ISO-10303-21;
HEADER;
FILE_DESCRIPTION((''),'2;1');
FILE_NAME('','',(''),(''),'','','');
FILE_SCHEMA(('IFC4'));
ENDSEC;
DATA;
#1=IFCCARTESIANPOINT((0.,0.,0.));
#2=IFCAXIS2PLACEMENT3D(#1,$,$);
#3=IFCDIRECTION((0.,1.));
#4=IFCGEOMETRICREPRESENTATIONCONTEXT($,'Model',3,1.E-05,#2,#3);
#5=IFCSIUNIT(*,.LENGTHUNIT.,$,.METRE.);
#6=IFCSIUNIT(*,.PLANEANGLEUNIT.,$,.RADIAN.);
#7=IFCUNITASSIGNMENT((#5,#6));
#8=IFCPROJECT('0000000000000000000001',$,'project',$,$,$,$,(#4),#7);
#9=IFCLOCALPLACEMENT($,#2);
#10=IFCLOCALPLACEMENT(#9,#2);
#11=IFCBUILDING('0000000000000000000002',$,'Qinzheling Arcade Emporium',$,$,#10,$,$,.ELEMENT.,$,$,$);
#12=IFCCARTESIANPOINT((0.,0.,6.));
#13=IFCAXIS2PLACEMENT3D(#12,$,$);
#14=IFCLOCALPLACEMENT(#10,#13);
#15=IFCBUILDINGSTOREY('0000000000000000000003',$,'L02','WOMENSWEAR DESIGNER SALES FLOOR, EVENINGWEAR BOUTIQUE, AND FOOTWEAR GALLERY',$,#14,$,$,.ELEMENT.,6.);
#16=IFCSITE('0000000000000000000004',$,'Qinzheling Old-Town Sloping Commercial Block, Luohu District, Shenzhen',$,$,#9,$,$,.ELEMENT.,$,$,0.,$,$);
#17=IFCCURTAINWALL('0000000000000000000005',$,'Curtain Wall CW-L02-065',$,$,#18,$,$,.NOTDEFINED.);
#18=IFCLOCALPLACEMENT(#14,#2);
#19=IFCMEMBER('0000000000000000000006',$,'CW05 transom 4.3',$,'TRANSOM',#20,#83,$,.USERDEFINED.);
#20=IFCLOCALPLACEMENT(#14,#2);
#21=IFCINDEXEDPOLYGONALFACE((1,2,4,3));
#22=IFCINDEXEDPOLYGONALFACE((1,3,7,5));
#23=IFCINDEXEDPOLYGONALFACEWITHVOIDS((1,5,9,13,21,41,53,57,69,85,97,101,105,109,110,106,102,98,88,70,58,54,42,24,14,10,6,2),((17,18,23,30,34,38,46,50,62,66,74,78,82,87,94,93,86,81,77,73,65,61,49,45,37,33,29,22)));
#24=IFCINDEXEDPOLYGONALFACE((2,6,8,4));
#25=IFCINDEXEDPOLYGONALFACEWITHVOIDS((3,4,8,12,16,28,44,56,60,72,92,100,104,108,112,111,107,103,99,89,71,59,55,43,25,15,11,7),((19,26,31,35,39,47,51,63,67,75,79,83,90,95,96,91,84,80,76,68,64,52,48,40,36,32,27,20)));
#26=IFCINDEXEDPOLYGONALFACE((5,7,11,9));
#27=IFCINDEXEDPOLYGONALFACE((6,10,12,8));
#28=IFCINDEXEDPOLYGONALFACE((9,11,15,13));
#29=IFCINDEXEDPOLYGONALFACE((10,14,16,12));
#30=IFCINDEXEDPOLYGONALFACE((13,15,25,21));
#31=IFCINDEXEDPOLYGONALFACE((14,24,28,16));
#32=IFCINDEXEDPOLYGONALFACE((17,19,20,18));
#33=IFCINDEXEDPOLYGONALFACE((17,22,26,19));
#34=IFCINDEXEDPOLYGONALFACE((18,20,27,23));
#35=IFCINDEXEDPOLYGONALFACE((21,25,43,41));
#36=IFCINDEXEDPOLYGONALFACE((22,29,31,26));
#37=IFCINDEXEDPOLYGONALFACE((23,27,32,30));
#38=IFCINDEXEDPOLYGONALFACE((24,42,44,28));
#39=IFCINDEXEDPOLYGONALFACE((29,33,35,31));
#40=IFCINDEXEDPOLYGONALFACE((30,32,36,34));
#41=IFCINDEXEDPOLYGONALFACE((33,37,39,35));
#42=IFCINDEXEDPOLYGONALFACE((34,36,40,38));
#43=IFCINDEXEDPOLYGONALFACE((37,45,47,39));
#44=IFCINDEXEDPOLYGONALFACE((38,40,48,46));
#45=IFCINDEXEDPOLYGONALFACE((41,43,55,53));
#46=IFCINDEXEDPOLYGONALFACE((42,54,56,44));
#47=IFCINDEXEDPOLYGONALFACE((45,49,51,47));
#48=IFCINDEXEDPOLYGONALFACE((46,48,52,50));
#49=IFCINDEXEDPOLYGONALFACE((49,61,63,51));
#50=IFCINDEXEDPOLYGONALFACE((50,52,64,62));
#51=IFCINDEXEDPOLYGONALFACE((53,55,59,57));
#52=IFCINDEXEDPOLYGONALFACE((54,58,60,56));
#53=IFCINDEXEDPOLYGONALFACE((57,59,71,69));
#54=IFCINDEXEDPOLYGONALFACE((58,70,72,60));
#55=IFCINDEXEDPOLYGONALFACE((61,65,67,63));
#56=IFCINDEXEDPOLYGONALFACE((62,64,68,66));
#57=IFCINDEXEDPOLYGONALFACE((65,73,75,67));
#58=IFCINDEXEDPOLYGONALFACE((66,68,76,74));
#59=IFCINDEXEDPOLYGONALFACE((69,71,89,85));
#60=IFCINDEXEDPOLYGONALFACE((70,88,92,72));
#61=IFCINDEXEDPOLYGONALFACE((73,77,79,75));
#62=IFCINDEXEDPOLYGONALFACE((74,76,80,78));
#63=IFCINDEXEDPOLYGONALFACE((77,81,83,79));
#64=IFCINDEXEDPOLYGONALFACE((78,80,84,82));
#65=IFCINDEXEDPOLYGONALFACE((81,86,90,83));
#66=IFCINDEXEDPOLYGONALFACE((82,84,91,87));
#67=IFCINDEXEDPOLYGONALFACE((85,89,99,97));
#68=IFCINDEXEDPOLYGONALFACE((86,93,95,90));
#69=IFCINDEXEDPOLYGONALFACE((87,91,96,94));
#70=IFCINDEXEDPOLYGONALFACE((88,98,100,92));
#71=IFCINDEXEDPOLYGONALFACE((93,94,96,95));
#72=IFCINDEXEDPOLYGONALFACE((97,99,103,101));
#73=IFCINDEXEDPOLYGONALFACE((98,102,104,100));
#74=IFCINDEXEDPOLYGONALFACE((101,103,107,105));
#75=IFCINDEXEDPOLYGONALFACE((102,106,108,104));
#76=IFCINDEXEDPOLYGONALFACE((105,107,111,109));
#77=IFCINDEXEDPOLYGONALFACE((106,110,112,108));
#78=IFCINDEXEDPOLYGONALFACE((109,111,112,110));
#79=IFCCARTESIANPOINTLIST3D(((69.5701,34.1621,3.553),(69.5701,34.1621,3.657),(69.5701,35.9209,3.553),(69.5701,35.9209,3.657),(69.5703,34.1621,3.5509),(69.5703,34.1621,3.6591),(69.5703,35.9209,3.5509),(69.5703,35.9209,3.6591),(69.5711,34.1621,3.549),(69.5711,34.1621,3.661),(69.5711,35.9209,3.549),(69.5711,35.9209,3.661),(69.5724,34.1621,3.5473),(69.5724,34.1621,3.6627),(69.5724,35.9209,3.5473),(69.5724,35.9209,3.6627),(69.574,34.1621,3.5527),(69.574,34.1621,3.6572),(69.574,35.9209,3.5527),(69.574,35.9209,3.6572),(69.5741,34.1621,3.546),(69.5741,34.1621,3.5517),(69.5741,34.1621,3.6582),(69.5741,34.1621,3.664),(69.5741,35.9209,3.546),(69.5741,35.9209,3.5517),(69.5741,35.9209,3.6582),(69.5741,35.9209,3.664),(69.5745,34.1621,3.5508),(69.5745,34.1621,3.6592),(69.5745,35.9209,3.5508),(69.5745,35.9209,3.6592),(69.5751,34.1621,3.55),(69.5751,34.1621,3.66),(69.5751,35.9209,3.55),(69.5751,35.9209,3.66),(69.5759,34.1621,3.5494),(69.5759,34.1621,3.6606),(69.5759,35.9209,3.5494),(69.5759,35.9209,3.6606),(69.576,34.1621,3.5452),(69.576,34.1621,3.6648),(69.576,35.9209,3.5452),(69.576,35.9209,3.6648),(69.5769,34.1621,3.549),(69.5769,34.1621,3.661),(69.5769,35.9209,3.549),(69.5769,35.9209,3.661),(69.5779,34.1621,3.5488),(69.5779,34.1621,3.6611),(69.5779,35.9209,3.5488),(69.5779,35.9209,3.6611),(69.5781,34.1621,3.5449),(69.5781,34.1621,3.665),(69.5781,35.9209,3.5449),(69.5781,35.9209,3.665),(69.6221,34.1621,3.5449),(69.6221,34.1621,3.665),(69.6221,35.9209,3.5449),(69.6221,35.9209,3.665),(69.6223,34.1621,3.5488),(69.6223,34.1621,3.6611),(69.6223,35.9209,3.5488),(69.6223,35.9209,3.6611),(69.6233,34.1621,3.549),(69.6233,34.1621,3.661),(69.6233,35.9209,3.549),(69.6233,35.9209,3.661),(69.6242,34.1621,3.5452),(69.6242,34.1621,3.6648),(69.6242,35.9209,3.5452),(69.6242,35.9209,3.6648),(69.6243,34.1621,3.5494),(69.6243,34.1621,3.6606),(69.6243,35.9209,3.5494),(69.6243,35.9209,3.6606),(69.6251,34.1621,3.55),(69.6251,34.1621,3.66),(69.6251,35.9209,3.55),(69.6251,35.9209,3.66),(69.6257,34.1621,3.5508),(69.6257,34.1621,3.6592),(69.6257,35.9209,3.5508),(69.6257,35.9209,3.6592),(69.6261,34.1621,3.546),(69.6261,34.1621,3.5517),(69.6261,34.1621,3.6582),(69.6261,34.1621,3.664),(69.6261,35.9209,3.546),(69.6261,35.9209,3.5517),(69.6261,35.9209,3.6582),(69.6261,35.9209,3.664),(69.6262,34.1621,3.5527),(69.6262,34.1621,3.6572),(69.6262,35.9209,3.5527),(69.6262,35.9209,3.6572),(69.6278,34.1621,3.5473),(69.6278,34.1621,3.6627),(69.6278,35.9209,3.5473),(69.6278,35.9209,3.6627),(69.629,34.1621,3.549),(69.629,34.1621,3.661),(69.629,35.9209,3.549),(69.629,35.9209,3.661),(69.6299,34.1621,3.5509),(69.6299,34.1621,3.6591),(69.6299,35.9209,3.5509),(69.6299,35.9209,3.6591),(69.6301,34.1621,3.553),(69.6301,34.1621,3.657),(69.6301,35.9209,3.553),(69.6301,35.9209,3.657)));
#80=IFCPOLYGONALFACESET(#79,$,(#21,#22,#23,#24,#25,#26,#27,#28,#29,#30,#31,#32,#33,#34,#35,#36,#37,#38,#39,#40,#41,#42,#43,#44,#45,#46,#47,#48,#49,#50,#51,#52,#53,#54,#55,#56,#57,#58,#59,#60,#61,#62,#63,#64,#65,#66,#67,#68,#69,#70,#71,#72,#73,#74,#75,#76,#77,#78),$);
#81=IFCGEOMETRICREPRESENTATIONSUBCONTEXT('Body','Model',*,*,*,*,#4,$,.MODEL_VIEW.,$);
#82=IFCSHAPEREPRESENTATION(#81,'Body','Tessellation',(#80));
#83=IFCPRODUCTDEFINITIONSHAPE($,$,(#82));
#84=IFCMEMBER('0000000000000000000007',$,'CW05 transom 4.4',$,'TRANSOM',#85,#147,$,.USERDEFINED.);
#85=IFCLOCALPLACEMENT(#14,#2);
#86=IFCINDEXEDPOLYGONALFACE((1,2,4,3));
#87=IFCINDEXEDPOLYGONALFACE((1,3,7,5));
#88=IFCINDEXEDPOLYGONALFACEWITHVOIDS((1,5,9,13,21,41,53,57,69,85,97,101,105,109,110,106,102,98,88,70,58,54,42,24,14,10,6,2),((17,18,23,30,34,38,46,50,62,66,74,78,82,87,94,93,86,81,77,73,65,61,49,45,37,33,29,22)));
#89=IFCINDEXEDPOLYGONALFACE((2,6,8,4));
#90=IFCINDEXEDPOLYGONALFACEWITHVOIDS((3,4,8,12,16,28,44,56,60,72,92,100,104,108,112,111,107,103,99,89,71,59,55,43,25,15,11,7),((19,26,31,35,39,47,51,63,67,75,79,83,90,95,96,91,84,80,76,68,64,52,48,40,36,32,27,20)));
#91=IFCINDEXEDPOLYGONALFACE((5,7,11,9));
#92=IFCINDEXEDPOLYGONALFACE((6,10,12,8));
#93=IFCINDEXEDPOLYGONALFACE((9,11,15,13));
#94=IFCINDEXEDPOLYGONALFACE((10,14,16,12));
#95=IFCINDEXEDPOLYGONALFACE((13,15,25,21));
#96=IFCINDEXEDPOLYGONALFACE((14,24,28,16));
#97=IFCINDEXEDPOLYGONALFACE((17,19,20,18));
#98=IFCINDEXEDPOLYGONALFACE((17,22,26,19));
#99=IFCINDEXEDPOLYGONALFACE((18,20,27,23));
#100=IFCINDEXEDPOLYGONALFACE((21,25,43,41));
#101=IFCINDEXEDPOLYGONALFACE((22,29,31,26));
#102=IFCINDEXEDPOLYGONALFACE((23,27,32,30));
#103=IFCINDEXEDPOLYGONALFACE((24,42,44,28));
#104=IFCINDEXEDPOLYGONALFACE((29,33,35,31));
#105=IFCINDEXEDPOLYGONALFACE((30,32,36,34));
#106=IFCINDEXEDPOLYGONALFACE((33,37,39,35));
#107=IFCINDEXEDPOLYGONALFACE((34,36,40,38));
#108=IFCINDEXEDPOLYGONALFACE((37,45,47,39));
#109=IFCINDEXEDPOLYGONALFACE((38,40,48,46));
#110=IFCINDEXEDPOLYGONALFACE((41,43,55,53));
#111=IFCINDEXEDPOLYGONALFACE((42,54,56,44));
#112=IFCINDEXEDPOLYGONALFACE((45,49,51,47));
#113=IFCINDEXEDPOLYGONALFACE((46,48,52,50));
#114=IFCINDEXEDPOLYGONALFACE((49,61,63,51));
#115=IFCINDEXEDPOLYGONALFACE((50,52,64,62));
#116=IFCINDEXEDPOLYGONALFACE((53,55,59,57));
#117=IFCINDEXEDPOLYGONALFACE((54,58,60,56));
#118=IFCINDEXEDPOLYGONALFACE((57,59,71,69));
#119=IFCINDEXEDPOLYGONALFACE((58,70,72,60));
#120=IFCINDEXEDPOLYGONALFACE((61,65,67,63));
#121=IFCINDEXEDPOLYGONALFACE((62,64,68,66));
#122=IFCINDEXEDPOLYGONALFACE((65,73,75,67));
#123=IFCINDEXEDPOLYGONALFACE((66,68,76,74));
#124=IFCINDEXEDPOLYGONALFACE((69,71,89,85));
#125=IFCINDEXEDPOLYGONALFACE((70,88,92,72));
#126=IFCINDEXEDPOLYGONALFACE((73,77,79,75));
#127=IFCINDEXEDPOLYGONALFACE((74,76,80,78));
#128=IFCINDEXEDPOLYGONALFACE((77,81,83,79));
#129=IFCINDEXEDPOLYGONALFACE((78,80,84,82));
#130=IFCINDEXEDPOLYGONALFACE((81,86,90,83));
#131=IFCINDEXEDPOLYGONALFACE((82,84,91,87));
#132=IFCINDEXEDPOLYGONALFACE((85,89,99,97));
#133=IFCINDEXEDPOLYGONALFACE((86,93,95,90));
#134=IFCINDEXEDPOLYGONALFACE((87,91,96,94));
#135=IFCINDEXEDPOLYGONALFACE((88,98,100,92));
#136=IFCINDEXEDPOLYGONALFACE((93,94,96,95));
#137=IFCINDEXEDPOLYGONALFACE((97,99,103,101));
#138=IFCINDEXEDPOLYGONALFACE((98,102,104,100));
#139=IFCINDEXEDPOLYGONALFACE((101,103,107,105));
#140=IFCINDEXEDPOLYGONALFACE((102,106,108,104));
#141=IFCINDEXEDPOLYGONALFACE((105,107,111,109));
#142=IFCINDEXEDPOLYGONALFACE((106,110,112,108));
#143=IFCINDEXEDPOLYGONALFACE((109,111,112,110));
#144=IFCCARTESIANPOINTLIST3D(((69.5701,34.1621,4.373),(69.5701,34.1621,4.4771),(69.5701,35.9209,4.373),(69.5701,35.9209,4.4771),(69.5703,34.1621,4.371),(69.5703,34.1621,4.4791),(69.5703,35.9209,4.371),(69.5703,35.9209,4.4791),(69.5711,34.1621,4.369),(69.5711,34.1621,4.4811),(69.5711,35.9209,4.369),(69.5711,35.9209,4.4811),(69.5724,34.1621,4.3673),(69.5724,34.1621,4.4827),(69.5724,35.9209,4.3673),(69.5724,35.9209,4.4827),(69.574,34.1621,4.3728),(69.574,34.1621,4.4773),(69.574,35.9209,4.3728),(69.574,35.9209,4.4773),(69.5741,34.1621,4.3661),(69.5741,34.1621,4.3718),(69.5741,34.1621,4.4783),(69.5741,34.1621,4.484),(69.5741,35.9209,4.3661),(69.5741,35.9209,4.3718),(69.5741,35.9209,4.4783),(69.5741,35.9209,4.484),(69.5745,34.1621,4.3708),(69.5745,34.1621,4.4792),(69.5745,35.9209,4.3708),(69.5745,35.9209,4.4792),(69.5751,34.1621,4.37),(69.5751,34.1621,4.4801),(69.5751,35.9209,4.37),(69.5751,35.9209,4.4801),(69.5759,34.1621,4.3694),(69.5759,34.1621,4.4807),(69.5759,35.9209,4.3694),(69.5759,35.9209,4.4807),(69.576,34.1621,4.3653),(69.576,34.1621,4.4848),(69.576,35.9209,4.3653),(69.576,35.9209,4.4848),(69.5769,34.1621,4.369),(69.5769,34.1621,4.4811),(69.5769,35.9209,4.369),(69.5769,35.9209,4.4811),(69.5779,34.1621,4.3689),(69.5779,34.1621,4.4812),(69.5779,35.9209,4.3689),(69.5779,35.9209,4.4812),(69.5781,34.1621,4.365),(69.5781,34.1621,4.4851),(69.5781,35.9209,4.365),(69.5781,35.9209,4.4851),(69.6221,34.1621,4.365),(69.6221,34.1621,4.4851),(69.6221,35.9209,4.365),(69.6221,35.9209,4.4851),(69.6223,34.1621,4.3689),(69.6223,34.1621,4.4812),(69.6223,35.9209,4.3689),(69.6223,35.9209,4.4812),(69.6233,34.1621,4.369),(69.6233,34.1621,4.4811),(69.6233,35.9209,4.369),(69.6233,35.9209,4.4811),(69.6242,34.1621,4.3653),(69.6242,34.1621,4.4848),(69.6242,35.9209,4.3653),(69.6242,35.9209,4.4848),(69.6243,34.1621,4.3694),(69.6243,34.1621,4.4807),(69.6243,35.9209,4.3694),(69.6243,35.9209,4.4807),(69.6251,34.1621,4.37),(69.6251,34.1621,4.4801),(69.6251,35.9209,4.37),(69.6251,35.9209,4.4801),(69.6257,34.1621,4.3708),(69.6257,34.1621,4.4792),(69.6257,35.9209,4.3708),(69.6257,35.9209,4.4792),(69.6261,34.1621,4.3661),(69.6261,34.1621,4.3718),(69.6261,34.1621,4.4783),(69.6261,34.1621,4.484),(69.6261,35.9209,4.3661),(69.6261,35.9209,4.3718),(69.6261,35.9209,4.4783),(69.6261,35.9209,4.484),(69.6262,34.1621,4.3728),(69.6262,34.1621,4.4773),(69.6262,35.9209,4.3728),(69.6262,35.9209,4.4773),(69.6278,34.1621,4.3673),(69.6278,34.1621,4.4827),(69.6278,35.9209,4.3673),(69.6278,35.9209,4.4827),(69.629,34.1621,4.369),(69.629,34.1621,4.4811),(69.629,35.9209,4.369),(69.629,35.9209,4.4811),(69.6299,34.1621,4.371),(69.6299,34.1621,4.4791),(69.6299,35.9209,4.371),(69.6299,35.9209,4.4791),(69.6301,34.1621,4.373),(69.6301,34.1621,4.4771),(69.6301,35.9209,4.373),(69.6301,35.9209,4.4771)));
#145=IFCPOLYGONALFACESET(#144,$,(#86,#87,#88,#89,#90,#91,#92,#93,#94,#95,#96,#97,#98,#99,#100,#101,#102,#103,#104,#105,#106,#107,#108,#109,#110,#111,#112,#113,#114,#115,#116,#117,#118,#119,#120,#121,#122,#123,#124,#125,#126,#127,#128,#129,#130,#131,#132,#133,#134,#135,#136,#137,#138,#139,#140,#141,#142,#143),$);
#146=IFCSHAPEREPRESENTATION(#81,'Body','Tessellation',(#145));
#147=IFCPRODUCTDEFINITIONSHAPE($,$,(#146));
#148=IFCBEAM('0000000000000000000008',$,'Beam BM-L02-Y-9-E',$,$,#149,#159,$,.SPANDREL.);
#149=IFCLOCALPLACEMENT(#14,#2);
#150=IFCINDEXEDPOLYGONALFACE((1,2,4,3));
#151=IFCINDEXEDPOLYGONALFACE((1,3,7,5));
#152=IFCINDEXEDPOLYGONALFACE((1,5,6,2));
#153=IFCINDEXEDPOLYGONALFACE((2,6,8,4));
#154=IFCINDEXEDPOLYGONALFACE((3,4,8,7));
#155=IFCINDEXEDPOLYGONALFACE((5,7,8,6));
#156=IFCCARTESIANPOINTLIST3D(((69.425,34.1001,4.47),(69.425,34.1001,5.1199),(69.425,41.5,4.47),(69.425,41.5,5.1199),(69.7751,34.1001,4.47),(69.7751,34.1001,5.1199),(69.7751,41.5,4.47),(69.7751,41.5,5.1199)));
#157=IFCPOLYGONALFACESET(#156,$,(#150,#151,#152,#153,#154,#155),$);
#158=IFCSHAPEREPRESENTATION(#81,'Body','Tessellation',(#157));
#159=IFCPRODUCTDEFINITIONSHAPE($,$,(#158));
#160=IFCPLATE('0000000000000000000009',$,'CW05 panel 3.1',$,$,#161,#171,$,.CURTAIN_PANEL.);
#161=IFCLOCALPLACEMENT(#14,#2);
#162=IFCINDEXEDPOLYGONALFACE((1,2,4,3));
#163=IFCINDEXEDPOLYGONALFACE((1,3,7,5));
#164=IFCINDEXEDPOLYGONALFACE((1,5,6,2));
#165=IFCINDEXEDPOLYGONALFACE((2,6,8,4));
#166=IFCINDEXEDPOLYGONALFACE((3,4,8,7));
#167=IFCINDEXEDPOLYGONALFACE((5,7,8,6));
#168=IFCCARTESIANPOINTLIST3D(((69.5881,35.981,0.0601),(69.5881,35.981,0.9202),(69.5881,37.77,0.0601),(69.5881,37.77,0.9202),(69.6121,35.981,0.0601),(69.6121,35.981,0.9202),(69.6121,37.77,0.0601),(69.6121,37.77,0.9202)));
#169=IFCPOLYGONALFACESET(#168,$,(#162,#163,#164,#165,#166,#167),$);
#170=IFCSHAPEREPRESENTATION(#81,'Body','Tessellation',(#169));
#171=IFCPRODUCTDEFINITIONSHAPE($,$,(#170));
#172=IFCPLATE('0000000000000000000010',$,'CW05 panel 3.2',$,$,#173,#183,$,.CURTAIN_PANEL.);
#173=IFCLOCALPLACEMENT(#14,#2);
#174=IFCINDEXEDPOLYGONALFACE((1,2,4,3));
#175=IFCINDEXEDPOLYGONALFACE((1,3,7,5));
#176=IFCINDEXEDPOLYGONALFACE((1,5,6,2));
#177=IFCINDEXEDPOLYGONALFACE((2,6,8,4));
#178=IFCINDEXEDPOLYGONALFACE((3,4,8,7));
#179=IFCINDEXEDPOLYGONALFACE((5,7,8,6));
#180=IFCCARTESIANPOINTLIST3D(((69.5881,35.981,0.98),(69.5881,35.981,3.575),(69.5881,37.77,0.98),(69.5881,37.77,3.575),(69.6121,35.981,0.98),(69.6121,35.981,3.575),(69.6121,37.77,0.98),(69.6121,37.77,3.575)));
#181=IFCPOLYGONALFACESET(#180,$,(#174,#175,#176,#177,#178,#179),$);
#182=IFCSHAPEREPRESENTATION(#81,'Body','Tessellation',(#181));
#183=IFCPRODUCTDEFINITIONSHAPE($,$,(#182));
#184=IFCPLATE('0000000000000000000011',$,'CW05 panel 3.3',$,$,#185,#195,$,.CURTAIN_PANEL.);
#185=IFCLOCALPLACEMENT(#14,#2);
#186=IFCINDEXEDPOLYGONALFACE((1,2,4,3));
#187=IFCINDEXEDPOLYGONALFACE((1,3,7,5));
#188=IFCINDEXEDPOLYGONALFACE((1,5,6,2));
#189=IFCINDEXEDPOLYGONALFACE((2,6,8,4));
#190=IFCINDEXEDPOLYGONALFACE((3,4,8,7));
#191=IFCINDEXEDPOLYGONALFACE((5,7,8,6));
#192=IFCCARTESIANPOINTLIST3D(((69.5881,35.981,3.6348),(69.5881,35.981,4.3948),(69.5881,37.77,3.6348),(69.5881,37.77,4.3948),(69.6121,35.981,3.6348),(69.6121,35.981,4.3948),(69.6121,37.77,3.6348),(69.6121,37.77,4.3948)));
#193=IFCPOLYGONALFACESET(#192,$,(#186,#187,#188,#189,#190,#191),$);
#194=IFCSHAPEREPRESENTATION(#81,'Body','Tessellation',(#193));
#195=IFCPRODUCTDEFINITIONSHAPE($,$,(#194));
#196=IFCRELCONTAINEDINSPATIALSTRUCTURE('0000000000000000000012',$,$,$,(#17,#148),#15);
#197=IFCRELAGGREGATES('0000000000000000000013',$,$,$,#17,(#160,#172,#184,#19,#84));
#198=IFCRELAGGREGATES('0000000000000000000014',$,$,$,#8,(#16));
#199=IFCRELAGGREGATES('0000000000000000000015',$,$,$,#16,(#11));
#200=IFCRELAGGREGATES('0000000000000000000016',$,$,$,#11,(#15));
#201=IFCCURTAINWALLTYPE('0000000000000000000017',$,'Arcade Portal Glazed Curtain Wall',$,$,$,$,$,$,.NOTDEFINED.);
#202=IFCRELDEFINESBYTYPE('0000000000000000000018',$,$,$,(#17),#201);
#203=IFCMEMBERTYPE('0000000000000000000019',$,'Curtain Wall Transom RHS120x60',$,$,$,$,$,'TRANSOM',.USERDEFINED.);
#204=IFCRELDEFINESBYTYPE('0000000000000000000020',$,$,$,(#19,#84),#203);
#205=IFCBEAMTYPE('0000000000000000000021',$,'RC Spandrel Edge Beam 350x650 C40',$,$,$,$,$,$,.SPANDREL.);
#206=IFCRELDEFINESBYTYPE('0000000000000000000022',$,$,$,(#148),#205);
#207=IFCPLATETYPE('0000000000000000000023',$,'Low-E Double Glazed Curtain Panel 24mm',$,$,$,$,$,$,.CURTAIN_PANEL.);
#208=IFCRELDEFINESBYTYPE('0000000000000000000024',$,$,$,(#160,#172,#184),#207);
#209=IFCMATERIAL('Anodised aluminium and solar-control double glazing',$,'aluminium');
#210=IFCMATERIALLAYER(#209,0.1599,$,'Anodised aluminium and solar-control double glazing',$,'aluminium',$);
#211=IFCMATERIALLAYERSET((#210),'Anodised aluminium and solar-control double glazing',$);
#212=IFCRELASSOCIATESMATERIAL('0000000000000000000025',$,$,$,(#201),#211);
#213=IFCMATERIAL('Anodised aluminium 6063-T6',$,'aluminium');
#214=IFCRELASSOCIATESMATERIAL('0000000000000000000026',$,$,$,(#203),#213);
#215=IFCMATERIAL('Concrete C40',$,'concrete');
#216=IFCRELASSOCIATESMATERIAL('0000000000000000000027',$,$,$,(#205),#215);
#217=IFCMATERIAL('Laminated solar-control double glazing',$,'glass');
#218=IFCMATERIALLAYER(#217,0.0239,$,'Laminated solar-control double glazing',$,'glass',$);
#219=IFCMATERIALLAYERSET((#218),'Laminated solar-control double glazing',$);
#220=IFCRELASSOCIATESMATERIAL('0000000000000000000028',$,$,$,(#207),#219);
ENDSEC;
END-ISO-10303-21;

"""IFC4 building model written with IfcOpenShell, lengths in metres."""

from ifc_helpers import new_model, si_unit, direction, frame, origin, origin_2d, place, context, subcontext, project, spatial, rectangle, hollow_rectangle, extrude, material, layer, layer_set, material_profile, profile_set, type_object, element, aggregate, save


model = new_model("IFC4")

# Units and contexts
model_context = context("Model", 3, precision=1e-05, world=origin(), true_north=direction((0.0, 1.0)))
body_context = subcontext(model_context, "Body", "Model", "MODEL_VIEW")
ifc_project = project(units=[si_unit("LENGTHUNIT", "METRE"), si_unit("PLANEANGLEUNIT", "RADIAN")], contexts=[model_context])

# Site, building, storey
site_placement = place(None, origin())
site = spatial("IfcSite", under=ifc_project, at=site_placement, Name="Qinzheling Old-Town Sloping Commercial Block, Luohu District, Shenzhen", CompositionType="ELEMENT", RefElevation=0.0)
building_placement = place(site_placement, origin())
building = spatial("IfcBuilding", under=site, at=building_placement, Name="Qinzheling Arcade Emporium", CompositionType="ELEMENT")
storey_placement = place(building_placement, frame((0.0, 0.0, 6.0)))
storey = spatial("IfcBuildingStorey", under=building, at=storey_placement, Name="L02", Description="WOMENSWEAR DESIGNER SALES FLOOR, EVENINGWEAR BOUTIQUE, AND FOOTWEAR GALLERY", CompositionType="ELEMENT", Elevation=6.0)

# Curtain wall
ifc_material_1 = material(Name="Anodised aluminium and solar-control double glazing", Category="aluminium")
ifc_layer_1 = layer(ifc_material_1, 0.1599, Name="Anodised aluminium and solar-control double glazing", Category="aluminium")
ifc_layer_set_1 = layer_set([ifc_layer_1], Name="Anodised aluminium and solar-control double glazing")
curtain_wall_type = type_object("IfcCurtainWallType", Name="Arcade Portal Glazed Curtain Wall", PredefinedType="NOTDEFINED", material=ifc_layer_set_1)
curtain_wall_1_placement = place(storey_placement, origin())
curtain_wall_1 = element("IfcCurtainWall", 1, at=curtain_wall_1_placement, inside=storey, type_object=curtain_wall_type, Name="Curtain Wall CW-L02-065", PredefinedType="NOTDEFINED")
ifc_material_2 = material(Name="Anodised aluminium 6063-T6", Category="aluminium")

# Members
ifc_material_profile_1 = material_profile(ifc_material_2, hollow_rectangle(XDim=0.0601, YDim=0.1201, WallThickness=0.0039, InnerFilletRadius=0.0039, OuterFilletRadius=0.0081, at=origin_2d()), Name="RHS 120x60x4", Category="aluminium")
ifc_profile_set_1 = profile_set([ifc_material_profile_1], Name="Anodised aluminium 6063-T6")
member_type_1 = type_object("IfcMemberType", Name="Curtain Wall Transom RHS120x60", ElementType="TRANSOM", PredefinedType="USERDEFINED", material=ifc_profile_set_1)
member_1_placement = place(storey_placement, frame((69.6001, 35.9209, 3.605), z_axis=(0.0, -1.0, 0.0), x_axis=(1.0, 0.0, 0.0)))
member_1 = element("IfcMember", 2, at=member_1_placement, type_object=member_type_1, Name="CW05 transom 4.3", ObjectType="TRANSOM", PredefinedType="USERDEFINED", context=body_context, shape_type="SweptSolid", body=[
    extrude(hollow_rectangle(XDim=0.0601, YDim=0.1201, WallThickness=0.0039, InnerFilletRadius=0.0039, OuterFilletRadius=0.0081, at=origin_2d()), origin(), (0.0, 0.0, 1.0), 1.7588),
])
member_2_placement = place(storey_placement, frame((69.6001, 35.9209, 4.425), z_axis=(0.0, -1.0, 0.0), x_axis=(1.0, 0.0, 0.0)))
member_2 = element("IfcMember", 3, at=member_2_placement, type_object=member_type_1, Name="CW05 transom 4.4", ObjectType="TRANSOM", PredefinedType="USERDEFINED", context=body_context, shape_type="SweptSolid", body=[
    extrude(hollow_rectangle(XDim=0.0601, YDim=0.1201, WallThickness=0.0039, InnerFilletRadius=0.0039, OuterFilletRadius=0.0081, at=origin_2d()), origin(), (0.0, 0.0, 1.0), 1.7588),
])

# Beam
ifc_material_3 = material(Name="Concrete C40", Category="concrete")
ifc_material_profile_2 = material_profile(ifc_material_3, rectangle(XDim=0.3501, YDim=0.6499, at=origin_2d()), Name="RC 350x650", Category="concrete")
ifc_profile_set_2 = profile_set([ifc_material_profile_2], Name="Concrete C40")
beam_type = type_object("IfcBeamType", Name="RC Spandrel Edge Beam 350x650 C40", PredefinedType="SPANDREL", material=ifc_profile_set_2)
beam_placement = place(storey_placement, frame((69.6001, 34.1001, 4.7949), z_axis=(0.0, 1.0, 0.0), x_axis=(-1.0, 0.0, 0.0)))
element("IfcBeam", 4, at=beam_placement, inside=storey, type_object=beam_type, Name="Beam BM-L02-Y-9-E", PredefinedType="SPANDREL", context=body_context, shape_type="SweptSolid", body=[
    extrude(rectangle(XDim=0.3501, YDim=0.6499, at=origin_2d()), origin(), (0.0, 0.0, 1.0), 7.3999),
])

# Plates
ifc_material_4 = material(Name="Laminated solar-control double glazing", Category="glass")
ifc_layer_2 = layer(ifc_material_4, 0.0239, Name="Laminated solar-control double glazing", Category="glass")
ifc_layer_set_2 = layer_set([ifc_layer_2], Name="Laminated solar-control double glazing")
plate_type = type_object("IfcPlateType", Name="Low-E Double Glazed Curtain Panel 24mm", PredefinedType="CURTAIN_PANEL", material=ifc_layer_set_2)
plate_1_placement = place(storey_placement, frame((69.6001, 36.8755, 0.0601), z_axis=(0.0, 0.0, 1.0), x_axis=(0.0, -1.0, 0.0)))
plate_1 = element("IfcPlate", 5, at=plate_1_placement, type_object=plate_type, Name="CW05 panel 3.1", PredefinedType="CURTAIN_PANEL", context=body_context, shape_type="SweptSolid", body=[
    extrude(rectangle(XDim=1.7891, YDim=0.0239, at=origin_2d()), origin(), (0.0, 0.0, 1.0), 0.8601),
])
plate_2_placement = place(storey_placement, frame((69.6001, 36.8755, 0.98), z_axis=(0.0, 0.0, 1.0), x_axis=(0.0, -1.0, 0.0)))
plate_2 = element("IfcPlate", 6, at=plate_2_placement, type_object=plate_type, Name="CW05 panel 3.2", PredefinedType="CURTAIN_PANEL", context=body_context, shape_type="SweptSolid", body=[
    extrude(rectangle(XDim=1.7891, YDim=0.0239, at=origin_2d()), origin(), (0.0, 0.0, 1.0), 2.595),
])
plate_3_placement = place(storey_placement, frame((69.6001, 36.8755, 3.6348), z_axis=(0.0, 0.0, 1.0), x_axis=(0.0, -1.0, 0.0)))
plate_3 = element("IfcPlate", 7, at=plate_3_placement, type_object=plate_type, Name="CW05 panel 3.3", PredefinedType="CURTAIN_PANEL", context=body_context, shape_type="SweptSolid", body=[
    extrude(rectangle(XDim=1.7891, YDim=0.0239, at=origin_2d()), origin(), (0.0, 0.0, 1.0), 0.76),
])
aggregate(curtain_wall_1, [plate_1, plate_2, plate_3, member_1, member_2])

save(model, "model.ifc")
